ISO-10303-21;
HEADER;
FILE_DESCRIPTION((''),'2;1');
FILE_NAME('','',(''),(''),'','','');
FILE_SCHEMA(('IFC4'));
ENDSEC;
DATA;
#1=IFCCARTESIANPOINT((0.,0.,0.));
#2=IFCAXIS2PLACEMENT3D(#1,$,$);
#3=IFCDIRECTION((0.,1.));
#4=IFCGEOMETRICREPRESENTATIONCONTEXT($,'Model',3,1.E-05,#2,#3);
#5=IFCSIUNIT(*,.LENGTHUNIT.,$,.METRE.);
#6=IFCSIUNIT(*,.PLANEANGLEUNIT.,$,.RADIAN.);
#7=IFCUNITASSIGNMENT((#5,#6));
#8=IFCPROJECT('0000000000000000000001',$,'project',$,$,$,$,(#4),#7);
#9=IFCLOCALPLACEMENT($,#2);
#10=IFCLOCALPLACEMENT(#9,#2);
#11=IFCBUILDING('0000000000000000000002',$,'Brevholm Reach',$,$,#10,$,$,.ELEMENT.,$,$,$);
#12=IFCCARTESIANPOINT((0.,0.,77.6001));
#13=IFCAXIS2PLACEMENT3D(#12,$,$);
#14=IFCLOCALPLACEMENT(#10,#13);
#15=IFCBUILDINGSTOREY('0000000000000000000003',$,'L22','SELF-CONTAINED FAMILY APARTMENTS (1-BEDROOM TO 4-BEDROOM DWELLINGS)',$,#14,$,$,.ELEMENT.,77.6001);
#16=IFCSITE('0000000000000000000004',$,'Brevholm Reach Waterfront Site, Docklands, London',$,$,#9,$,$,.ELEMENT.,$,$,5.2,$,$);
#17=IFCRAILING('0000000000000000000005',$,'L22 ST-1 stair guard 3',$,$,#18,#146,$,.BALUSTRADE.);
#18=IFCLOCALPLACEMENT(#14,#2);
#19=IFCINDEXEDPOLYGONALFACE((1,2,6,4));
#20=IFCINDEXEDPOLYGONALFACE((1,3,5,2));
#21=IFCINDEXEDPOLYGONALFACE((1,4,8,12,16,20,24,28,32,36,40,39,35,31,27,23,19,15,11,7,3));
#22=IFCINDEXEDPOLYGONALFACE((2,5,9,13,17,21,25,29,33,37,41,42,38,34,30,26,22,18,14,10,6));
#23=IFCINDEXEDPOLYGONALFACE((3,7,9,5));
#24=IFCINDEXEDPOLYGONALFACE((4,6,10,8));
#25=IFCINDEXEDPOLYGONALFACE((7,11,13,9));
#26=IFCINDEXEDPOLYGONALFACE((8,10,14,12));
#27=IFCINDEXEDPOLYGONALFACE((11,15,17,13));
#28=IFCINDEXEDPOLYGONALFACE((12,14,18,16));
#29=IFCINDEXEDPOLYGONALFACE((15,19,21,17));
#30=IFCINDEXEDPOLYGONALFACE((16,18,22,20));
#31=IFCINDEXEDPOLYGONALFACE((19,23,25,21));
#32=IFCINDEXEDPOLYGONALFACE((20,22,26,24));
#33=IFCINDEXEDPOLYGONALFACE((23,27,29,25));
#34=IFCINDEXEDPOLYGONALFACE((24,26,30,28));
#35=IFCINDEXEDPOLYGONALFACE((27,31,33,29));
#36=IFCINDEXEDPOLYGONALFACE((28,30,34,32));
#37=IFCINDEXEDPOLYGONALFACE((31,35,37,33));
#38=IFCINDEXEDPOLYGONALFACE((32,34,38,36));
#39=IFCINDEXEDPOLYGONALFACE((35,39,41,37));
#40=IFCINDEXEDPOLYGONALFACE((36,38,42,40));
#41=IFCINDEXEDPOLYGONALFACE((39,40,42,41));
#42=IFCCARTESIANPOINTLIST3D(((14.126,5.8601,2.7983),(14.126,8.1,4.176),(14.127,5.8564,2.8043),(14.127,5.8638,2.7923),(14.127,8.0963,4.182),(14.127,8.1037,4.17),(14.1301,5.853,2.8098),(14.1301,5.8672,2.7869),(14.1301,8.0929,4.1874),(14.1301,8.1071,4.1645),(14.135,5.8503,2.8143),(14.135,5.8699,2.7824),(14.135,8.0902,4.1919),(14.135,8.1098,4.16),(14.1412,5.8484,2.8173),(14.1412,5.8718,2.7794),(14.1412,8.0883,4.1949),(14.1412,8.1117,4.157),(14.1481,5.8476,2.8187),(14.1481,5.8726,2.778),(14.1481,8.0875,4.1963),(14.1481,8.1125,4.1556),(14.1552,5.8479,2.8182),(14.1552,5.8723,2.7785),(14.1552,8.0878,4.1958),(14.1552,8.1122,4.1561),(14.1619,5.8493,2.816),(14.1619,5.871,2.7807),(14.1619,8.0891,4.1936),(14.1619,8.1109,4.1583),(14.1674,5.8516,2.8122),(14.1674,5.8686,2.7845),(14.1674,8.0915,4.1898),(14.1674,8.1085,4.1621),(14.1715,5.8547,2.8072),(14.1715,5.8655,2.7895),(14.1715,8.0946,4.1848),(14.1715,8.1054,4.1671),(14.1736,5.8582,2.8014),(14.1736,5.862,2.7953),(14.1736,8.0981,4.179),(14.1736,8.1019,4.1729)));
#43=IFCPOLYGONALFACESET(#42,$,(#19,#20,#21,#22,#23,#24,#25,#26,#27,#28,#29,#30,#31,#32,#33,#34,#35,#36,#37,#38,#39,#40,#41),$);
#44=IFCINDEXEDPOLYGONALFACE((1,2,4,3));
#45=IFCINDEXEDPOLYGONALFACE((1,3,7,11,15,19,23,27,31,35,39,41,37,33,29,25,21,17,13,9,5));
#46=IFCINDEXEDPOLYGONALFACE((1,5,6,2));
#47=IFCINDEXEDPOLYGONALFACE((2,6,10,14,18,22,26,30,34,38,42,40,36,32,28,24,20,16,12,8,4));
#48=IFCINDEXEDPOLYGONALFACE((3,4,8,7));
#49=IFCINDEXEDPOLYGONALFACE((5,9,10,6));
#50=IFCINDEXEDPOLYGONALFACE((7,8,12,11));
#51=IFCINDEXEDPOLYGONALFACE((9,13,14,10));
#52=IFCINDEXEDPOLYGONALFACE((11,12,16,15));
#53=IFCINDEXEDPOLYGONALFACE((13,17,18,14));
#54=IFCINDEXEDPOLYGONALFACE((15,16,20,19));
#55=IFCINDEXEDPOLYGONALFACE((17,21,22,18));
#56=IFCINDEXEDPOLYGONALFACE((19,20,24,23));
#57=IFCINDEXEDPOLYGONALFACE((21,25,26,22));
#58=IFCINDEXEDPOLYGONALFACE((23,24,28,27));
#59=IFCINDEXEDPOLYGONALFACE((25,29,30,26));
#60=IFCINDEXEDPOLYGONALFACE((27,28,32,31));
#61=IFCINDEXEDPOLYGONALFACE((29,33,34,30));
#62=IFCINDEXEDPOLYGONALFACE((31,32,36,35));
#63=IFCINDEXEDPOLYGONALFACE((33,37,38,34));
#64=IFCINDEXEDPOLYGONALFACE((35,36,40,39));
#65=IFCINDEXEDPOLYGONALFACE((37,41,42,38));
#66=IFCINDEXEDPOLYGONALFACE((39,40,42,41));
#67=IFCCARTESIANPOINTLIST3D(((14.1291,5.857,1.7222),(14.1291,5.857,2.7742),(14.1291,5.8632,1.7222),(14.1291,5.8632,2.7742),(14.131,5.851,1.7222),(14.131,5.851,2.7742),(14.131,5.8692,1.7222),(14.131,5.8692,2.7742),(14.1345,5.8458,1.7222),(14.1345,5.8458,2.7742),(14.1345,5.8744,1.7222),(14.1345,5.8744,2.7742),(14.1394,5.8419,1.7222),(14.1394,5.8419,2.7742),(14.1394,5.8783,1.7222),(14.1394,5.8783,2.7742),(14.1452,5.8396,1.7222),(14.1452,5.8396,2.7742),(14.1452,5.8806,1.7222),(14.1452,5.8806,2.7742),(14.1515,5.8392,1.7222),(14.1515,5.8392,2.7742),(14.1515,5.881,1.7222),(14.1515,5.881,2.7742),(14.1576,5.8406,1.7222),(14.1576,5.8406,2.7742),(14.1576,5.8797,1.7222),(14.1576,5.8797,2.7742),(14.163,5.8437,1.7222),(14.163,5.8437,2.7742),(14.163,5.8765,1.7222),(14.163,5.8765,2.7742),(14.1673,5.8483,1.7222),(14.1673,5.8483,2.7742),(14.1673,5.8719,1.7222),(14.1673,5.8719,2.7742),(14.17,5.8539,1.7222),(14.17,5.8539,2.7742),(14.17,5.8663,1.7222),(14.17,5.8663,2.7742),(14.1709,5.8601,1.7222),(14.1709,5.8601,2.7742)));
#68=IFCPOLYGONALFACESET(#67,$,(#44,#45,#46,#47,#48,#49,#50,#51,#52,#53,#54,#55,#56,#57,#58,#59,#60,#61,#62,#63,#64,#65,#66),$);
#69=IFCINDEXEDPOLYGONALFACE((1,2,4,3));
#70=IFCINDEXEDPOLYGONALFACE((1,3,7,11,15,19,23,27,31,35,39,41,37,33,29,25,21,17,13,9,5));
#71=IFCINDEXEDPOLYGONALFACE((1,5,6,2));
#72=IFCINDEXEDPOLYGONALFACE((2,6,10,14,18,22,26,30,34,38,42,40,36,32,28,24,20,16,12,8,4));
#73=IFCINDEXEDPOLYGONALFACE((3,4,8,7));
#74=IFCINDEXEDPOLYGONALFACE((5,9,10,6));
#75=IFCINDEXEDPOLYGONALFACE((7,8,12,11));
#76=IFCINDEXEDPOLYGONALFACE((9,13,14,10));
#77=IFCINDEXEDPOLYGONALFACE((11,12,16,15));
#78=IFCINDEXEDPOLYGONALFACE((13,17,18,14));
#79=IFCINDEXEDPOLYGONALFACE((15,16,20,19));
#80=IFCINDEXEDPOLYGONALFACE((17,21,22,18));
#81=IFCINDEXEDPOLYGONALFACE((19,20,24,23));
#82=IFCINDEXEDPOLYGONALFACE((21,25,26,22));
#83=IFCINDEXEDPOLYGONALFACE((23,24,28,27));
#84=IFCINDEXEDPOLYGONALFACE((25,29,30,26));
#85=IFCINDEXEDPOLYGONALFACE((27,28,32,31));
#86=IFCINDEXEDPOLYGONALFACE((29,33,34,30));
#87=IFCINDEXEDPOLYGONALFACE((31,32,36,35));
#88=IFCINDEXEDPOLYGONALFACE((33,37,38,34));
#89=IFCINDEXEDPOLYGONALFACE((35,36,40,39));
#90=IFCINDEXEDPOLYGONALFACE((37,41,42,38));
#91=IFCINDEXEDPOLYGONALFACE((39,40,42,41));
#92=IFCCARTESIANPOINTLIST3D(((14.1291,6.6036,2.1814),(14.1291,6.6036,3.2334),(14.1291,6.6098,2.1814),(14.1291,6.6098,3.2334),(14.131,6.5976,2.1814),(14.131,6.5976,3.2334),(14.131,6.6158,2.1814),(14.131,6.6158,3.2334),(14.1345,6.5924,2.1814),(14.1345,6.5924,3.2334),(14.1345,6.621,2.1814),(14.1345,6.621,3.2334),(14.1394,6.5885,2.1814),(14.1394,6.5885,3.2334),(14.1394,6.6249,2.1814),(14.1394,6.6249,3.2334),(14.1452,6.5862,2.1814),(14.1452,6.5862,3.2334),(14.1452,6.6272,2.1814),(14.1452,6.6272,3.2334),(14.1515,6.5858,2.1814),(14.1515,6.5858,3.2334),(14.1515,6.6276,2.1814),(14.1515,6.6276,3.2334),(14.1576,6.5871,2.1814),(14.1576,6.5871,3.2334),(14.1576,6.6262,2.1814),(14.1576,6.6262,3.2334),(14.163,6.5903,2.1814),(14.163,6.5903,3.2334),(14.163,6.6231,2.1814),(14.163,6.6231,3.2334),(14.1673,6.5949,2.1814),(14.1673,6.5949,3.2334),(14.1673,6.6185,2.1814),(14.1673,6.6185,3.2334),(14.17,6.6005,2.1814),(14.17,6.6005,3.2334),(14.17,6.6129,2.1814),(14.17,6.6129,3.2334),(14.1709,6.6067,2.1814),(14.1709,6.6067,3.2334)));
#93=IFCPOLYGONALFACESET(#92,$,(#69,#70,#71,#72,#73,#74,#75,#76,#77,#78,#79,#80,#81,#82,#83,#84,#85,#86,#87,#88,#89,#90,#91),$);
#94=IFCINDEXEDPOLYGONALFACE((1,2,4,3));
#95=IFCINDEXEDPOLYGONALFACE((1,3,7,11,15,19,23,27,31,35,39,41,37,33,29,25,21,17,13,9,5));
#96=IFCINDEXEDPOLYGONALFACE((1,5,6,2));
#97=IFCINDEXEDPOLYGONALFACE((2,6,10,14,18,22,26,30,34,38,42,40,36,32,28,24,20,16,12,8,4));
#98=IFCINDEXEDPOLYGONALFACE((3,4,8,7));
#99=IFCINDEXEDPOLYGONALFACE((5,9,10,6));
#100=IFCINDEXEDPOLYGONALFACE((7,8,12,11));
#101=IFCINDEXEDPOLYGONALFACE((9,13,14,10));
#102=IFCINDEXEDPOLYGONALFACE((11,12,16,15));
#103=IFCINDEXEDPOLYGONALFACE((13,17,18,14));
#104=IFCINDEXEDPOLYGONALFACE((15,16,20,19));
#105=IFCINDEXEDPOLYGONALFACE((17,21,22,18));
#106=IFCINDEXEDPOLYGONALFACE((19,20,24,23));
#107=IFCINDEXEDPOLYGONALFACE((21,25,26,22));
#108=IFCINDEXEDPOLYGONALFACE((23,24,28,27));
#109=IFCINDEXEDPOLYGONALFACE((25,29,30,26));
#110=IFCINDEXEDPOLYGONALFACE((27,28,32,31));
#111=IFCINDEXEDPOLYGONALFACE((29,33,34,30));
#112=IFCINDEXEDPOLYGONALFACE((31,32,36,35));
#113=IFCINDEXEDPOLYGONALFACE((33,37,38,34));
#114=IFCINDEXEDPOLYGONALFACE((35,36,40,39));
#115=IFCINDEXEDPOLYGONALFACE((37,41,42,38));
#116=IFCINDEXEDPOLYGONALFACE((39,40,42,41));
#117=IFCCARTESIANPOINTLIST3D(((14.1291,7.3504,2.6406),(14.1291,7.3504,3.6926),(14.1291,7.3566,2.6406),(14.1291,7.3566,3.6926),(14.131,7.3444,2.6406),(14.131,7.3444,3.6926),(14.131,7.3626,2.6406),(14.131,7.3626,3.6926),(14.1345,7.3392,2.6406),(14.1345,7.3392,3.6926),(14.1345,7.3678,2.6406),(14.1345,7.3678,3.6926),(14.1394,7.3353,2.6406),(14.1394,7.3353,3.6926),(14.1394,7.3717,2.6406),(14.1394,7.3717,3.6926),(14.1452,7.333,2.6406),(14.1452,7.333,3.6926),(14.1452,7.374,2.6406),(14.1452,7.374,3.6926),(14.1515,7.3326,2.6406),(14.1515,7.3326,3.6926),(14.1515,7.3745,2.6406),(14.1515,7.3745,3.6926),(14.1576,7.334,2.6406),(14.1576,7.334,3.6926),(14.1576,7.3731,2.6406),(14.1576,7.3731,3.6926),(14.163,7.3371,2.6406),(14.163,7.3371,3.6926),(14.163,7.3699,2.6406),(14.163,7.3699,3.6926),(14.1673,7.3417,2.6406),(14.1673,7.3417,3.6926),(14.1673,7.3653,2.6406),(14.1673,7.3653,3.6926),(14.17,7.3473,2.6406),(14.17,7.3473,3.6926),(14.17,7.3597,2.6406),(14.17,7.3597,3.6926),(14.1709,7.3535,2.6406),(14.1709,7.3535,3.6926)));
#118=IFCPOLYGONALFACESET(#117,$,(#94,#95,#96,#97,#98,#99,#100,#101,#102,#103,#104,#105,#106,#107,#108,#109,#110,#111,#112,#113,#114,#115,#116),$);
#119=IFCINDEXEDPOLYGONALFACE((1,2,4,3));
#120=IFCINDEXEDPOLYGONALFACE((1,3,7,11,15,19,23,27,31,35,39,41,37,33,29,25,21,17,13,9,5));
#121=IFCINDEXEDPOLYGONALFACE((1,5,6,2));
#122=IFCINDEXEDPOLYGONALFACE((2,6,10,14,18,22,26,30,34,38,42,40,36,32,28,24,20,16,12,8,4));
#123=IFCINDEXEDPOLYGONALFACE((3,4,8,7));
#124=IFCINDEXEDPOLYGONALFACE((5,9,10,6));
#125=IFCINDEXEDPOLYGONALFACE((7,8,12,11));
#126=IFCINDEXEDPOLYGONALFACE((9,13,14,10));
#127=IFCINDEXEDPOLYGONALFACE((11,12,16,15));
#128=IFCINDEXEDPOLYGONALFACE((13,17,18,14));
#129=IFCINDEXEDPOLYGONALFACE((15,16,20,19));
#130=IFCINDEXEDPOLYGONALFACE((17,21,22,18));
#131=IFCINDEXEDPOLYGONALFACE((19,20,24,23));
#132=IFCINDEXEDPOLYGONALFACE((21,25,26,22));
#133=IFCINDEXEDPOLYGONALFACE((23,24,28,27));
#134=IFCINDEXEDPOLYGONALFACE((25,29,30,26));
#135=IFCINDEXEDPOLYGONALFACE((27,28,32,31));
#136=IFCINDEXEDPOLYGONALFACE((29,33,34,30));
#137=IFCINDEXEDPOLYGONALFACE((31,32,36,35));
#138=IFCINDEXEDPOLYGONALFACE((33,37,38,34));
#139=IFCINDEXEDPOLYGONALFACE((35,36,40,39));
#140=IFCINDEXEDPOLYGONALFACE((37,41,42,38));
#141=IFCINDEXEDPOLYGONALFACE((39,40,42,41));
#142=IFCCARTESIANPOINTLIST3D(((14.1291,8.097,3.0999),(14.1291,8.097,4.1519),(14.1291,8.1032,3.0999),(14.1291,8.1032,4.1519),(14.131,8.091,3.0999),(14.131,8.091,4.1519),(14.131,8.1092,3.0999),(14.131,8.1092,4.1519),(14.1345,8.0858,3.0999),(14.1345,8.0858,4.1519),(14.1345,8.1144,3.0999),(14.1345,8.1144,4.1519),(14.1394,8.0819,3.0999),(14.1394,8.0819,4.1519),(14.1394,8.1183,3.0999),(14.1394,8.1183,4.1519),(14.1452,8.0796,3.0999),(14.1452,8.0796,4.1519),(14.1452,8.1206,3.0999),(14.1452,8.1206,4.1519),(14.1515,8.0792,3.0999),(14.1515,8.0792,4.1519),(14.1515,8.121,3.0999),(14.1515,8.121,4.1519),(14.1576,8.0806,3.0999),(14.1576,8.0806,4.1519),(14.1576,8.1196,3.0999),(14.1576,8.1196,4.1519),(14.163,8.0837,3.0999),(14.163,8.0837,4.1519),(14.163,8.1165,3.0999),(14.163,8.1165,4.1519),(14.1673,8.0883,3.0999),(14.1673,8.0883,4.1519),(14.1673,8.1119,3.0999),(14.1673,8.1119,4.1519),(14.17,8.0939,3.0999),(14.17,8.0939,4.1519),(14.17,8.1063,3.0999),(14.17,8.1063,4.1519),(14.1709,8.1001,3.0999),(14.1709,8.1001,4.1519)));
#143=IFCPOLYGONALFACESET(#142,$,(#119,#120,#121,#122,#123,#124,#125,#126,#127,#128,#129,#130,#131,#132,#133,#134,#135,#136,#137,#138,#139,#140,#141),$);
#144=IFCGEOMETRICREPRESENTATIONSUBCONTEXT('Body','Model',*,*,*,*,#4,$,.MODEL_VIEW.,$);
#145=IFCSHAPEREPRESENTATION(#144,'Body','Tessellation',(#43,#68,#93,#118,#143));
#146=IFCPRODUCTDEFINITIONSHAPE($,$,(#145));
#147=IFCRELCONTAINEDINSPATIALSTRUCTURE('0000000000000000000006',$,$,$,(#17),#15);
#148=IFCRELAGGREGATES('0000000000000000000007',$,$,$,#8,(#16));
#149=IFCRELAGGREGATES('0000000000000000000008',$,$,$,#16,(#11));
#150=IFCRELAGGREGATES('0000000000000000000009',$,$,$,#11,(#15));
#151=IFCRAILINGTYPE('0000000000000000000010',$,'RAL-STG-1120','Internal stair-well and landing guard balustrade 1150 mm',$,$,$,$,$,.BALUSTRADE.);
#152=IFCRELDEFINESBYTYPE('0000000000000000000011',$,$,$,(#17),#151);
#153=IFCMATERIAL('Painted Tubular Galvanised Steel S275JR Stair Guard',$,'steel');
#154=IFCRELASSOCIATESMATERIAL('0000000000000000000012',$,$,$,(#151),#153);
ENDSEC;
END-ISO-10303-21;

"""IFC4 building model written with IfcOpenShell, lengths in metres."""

from ifc_helpers import new_model, si_unit, direction, frame, origin, origin_2d, place, context, subcontext, project, spatial, circle, extrude, material, type_object, element, save


model = new_model("IFC4")

# Units and contexts
model_context = context("Model", 3, precision=1e-05, world=origin(), true_north=direction((0.0, 1.0)))
body_context = subcontext(model_context, "Body", "Model", "MODEL_VIEW")
ifc_project = project(units=[si_unit("LENGTHUNIT", "METRE"), si_unit("PLANEANGLEUNIT", "RADIAN")], contexts=[model_context])

# Site, building, storey
site_placement = place(None, origin())
site = spatial("IfcSite", under=ifc_project, at=site_placement, Name="Brevholm Reach Waterfront Site, Docklands, London", CompositionType="ELEMENT", RefElevation=5.2)
building_placement = place(site_placement, origin())
building = spatial("IfcBuilding", under=site, at=building_placement, Name="Brevholm Reach", CompositionType="ELEMENT")
storey_placement = place(building_placement, frame((0.0, 0.0, 77.6001)))
storey = spatial("IfcBuildingStorey", under=building, at=storey_placement, Name="L22", Description="SELF-CONTAINED FAMILY APARTMENTS (1-BEDROOM TO 4-BEDROOM DWELLINGS)", CompositionType="ELEMENT", Elevation=77.6001)

# Railing
ifc_material_1 = material(Name="Painted Tubular Galvanised Steel S275JR Stair Guard", Category="steel")
railing_type_1 = type_object("IfcRailingType", Name="RAL-STG-1120", Description="Internal stair-well and landing guard balustrade 1150 mm", PredefinedType="BALUSTRADE", material=ifc_material_1)
railing_1_placement = place(storey_placement, frame((14.1499, 5.8601, 1.7222)))
element("IfcRailing", 1, at=railing_1_placement, inside=storey, type_object=railing_type_1, Name="L22 ST-1 stair guard 3", PredefinedType="BALUSTRADE", context=body_context, shape_type="SweptSolid", body=[
    extrude(circle(Radius=0.0239, at=origin_2d()), frame((0.0, 0.0, 1.0762), z_axis=(0.0, 0.851789, 0.523885), x_axis=(-1.0, 0.0, 0.0)), (0.0, 0.0, 1.0), 2.6296),
    extrude(circle(Radius=0.021, at=origin_2d()), origin(), (0.0, 0.0, 1.0), 1.052),
    extrude(circle(Radius=0.021, at=origin_2d()), frame((0.0, 0.7466, 0.4592)), (0.0, 0.0, 1.0), 1.052),
    extrude(circle(Radius=0.021, at=origin_2d()), frame((0.0, 1.4934, 0.9185)), (0.0, 0.0, 1.0), 1.052),
    extrude(circle(Radius=0.021, at=origin_2d()), frame((0.0, 2.24, 1.3777)), (0.0, 0.0, 1.0), 1.052),
])

save(model, "model.ifc")
